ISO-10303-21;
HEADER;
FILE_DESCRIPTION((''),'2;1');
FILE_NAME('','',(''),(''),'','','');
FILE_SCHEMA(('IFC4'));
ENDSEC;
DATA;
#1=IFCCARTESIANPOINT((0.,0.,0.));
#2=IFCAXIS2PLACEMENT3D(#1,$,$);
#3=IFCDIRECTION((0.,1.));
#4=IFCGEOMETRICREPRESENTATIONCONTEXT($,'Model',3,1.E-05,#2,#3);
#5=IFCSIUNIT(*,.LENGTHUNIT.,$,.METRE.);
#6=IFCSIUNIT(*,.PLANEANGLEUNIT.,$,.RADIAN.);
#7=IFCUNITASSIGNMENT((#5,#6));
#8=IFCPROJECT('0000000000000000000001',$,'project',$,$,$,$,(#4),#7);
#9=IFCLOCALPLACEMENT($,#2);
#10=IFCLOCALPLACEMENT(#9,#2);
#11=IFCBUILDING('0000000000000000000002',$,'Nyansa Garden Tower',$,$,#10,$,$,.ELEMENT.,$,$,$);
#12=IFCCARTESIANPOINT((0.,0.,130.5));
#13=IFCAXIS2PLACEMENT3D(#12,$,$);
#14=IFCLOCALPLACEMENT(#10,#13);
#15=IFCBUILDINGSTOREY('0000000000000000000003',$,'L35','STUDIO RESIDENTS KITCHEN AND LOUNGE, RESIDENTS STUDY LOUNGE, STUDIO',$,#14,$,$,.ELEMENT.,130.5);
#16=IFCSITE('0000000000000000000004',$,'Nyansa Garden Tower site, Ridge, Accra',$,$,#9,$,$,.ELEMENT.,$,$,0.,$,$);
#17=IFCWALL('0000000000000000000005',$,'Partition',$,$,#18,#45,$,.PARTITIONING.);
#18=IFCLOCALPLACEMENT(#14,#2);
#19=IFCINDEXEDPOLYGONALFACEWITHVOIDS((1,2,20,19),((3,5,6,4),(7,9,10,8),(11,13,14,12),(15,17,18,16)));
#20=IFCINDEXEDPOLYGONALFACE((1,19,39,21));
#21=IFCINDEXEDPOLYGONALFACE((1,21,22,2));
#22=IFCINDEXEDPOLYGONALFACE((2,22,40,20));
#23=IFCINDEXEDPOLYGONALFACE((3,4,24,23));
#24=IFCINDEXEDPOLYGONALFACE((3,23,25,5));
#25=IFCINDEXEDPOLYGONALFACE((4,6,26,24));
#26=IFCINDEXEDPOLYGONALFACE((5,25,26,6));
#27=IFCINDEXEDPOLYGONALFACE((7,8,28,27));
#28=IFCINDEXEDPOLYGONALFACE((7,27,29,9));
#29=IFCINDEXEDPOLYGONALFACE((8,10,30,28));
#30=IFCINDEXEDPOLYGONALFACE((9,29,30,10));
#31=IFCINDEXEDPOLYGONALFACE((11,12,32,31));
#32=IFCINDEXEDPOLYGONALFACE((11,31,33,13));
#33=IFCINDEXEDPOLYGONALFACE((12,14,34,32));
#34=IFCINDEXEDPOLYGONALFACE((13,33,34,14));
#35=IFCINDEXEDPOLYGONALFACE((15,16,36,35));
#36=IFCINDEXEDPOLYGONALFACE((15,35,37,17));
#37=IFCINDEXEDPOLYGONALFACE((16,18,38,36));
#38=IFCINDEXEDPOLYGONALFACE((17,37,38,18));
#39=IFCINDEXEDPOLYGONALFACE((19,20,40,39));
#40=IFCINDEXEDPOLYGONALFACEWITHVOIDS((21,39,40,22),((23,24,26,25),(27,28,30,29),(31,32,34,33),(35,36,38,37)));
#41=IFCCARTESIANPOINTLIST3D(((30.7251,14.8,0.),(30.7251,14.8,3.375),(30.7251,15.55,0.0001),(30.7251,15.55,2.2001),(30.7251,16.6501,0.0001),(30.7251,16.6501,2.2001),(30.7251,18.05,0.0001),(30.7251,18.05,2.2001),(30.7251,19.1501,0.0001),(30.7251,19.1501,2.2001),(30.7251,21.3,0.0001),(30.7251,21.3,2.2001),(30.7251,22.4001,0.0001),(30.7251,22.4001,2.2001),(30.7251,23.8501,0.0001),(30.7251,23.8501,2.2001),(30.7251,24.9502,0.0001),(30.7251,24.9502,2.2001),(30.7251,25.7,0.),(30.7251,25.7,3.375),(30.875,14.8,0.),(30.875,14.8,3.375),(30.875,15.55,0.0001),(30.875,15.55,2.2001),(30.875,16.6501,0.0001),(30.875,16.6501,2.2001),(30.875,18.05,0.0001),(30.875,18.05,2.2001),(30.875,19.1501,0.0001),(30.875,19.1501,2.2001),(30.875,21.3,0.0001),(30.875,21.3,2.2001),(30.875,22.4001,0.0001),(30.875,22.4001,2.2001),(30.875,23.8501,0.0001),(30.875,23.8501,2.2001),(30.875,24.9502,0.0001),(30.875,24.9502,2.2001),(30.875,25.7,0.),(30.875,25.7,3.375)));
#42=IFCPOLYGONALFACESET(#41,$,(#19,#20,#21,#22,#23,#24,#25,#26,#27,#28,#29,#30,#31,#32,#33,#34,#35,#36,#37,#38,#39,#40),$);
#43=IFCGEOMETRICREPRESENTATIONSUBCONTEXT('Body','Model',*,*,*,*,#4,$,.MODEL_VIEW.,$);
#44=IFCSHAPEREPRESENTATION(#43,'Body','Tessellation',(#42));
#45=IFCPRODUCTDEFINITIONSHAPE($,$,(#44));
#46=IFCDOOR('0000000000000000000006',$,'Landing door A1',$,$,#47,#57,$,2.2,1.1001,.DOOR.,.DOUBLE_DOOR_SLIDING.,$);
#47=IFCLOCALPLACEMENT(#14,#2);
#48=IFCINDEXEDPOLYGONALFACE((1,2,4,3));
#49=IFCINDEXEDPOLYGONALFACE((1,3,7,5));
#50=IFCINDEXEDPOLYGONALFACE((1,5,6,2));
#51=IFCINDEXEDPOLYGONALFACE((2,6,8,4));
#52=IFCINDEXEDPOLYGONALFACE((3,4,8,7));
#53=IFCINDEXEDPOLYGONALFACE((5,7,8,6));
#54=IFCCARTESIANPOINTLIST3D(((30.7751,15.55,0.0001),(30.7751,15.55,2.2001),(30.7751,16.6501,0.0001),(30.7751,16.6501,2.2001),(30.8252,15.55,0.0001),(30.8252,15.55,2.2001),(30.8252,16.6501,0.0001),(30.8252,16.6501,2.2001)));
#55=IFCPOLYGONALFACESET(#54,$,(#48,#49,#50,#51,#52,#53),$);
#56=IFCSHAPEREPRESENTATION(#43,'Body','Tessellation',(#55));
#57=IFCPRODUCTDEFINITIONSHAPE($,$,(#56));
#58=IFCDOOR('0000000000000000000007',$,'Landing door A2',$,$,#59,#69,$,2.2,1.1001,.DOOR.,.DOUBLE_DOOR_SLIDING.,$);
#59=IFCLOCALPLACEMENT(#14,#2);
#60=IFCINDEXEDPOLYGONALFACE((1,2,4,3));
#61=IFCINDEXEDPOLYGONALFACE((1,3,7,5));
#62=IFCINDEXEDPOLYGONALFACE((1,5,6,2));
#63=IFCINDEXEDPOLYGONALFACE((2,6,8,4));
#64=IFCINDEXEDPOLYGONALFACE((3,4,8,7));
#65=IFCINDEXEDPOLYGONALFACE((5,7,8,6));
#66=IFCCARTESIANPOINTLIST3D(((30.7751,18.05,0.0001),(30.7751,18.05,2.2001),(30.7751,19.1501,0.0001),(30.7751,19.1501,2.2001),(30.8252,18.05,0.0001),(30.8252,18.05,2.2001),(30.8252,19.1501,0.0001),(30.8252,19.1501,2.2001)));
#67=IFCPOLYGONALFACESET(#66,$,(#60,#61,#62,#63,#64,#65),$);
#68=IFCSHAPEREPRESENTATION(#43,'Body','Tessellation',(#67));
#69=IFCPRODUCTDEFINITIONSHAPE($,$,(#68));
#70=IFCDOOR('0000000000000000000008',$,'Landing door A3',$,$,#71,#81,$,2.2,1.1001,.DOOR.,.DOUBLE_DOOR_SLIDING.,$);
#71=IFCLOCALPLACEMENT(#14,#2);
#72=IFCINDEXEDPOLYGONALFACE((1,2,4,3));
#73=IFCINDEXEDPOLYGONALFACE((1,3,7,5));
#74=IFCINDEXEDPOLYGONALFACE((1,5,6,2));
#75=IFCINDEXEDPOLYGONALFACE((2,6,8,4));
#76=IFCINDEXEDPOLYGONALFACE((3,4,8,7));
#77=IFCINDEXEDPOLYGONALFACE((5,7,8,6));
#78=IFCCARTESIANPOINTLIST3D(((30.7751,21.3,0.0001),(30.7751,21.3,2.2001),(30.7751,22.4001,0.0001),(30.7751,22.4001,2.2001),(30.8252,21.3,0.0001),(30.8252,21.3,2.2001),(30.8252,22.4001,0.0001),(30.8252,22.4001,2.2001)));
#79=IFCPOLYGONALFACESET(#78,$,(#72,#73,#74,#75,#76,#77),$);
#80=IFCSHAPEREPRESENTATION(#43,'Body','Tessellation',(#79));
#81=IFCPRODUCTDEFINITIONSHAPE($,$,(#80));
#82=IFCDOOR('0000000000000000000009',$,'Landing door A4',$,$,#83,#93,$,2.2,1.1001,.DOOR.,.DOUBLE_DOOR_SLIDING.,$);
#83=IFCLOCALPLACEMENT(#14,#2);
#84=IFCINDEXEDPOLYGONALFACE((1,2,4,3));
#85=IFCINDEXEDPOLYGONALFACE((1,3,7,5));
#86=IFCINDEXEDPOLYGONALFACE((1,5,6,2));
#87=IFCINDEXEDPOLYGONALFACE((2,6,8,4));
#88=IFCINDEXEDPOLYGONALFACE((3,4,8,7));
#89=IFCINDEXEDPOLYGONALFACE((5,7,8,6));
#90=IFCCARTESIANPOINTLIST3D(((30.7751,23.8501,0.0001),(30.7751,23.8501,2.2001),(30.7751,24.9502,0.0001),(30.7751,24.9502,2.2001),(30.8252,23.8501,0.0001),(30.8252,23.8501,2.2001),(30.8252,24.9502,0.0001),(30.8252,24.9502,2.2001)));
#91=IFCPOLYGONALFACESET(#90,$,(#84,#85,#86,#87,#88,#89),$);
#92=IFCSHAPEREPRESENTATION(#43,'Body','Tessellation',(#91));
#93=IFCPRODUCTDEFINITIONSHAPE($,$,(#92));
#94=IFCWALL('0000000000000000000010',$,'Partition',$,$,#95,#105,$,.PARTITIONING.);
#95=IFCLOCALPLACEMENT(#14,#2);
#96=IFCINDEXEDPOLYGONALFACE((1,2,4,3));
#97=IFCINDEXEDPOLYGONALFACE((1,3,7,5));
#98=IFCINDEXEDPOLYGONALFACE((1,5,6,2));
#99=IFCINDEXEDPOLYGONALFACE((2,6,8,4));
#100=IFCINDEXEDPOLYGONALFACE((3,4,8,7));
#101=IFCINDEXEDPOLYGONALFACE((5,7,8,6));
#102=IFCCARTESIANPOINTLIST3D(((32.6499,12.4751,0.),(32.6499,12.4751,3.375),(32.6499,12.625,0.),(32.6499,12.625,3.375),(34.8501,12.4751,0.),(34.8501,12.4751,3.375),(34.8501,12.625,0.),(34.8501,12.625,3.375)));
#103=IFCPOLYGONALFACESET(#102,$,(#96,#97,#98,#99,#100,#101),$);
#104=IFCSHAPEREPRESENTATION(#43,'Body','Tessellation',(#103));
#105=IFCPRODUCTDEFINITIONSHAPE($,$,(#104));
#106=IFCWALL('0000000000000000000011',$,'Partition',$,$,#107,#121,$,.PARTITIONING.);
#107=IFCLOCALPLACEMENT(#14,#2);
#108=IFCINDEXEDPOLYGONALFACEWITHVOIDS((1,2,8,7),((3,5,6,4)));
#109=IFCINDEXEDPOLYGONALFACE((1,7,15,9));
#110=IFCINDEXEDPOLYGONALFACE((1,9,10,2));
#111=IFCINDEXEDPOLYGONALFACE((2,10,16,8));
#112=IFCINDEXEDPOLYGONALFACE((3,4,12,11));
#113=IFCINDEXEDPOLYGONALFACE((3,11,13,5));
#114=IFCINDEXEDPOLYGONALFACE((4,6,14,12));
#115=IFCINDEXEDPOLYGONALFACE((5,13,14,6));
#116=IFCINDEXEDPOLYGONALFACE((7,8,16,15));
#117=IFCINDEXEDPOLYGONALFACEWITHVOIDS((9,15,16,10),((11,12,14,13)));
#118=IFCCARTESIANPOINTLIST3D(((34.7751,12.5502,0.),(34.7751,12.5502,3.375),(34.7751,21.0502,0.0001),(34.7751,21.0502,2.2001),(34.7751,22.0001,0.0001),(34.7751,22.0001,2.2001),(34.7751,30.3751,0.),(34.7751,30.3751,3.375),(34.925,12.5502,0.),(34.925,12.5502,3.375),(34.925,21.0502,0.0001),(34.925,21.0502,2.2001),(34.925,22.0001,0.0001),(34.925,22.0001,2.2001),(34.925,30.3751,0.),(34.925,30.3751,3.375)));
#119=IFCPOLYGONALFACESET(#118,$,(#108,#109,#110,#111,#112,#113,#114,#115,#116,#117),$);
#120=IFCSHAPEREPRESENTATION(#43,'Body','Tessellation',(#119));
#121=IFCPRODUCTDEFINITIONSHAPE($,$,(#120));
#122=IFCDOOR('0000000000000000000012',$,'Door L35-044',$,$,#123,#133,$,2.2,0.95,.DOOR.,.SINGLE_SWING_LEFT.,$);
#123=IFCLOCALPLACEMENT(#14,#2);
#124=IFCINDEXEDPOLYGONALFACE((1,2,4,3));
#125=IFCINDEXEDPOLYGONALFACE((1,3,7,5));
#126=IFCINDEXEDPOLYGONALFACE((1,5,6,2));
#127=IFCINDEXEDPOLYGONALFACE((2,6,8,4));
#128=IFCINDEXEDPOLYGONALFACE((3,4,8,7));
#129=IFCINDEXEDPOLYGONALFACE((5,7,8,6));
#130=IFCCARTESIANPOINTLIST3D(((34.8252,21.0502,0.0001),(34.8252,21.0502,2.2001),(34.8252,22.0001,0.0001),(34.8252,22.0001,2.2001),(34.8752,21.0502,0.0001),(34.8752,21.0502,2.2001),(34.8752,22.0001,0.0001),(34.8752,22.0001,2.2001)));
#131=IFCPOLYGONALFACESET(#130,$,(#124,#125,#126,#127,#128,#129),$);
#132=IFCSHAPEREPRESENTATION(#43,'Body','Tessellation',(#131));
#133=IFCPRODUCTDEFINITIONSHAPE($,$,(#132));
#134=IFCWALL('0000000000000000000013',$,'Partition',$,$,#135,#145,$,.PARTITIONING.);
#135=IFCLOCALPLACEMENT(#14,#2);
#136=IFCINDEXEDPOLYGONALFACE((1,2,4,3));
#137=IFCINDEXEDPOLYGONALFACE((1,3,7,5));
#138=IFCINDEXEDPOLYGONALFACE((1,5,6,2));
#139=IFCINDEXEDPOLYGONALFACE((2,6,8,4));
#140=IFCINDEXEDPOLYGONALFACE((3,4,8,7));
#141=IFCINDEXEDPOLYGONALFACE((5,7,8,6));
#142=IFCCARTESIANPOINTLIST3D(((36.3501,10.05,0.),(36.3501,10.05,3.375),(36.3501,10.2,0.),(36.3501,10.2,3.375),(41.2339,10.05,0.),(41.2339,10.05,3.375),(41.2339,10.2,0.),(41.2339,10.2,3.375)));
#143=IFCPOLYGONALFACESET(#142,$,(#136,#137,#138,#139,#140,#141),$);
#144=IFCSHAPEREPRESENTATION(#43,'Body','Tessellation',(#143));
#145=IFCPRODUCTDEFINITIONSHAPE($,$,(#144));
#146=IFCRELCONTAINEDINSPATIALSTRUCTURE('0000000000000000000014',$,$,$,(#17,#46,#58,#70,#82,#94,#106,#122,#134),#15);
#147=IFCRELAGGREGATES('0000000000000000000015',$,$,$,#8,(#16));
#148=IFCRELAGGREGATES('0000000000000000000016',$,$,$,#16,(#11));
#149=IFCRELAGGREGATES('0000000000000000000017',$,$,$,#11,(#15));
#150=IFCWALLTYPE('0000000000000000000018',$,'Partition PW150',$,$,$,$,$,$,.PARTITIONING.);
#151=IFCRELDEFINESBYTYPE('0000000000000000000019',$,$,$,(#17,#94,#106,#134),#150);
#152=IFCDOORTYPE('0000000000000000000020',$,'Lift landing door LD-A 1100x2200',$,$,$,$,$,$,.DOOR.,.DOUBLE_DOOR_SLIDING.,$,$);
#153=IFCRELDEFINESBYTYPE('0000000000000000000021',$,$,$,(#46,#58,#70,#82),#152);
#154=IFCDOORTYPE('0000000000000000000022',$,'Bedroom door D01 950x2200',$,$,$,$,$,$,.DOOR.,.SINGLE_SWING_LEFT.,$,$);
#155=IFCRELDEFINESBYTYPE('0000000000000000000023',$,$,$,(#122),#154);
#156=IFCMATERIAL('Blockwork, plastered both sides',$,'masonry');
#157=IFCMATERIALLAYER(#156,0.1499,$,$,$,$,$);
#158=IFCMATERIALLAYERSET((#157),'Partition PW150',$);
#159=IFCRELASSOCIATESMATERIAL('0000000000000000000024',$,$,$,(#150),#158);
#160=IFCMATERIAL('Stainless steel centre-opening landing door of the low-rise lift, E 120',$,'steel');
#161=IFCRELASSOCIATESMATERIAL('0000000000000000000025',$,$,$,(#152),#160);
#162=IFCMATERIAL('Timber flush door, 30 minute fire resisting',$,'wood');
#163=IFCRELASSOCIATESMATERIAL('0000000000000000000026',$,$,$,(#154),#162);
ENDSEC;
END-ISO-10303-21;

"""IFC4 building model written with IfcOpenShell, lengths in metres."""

from ifc_helpers import new_model, si_unit, direction, frame, frame_2d, origin, place, context, subcontext, project, spatial, rectangle, extrude, material, layer, layer_set, type_object, element, fill, save


model = new_model("IFC4")

# Units and contexts
model_context = context("Model", 3, precision=1e-05, world=origin(), true_north=direction((0.0, 1.0)))
body_context = subcontext(model_context, "Body", "Model", "MODEL_VIEW")
ifc_project = project(units=[si_unit("LENGTHUNIT", "METRE"), si_unit("PLANEANGLEUNIT", "RADIAN")], contexts=[model_context])

# Site, building, storey
site_placement = place(None, origin())
site = spatial("IfcSite", under=ifc_project, at=site_placement, Name="Nyansa Garden Tower site, Ridge, Accra", CompositionType="ELEMENT", RefElevation=0.0)
building_placement = place(site_placement, origin())
building = spatial("IfcBuilding", under=site, at=building_placement, Name="Nyansa Garden Tower", CompositionType="ELEMENT")
storey_placement = place(building_placement, frame((0.0, 0.0, 130.5)))
storey = spatial("IfcBuildingStorey", under=building, at=storey_placement, Name="L35", Description="STUDIO RESIDENTS KITCHEN AND LOUNGE, RESIDENTS STUDY LOUNGE, STUDIO", CompositionType="ELEMENT", Elevation=130.5)

# Shared definitions
ifc_material_1 = material(Name="Blockwork, plastered both sides", Category="masonry")
ifc_layer_1 = layer(ifc_material_1, 0.1499)
ifc_layer_set_1 = layer_set([ifc_layer_1], Name="Partition PW150")
wall_type_1 = type_object("IfcWallType", Name="Partition PW150", PredefinedType="PARTITIONING", material=ifc_layer_set_1)

# Wall, openings, doors
wall_1_placement = place(storey_placement, frame((30.8, 14.8, 0.0), z_axis=(0.0, 0.0, 1.0), x_axis=(0.0, 1.0, 0.0)))
wall_1 = element("IfcWall", 1, at=wall_1_placement, inside=storey, type_object=wall_type_1, Name="Partition", PredefinedType="PARTITIONING", context=body_context, shape_type="SweptSolid", body=[
    extrude(rectangle(XDim=10.8999, YDim=0.1499, at=frame_2d((5.45, 0.0))), origin(), (0.0, 0.0, 1.0), 3.375),
])
opening_1_placement = place(wall_1_placement, frame((0.75, 0.0, 0.0)))
opening_1 = element("IfcOpeningElement", 2, at=opening_1_placement, cuts=wall_1, PredefinedType="OPENING", context=body_context, shape_type="SweptSolid", body=[
    extrude(rectangle(XDim=1.1001, YDim=2.2, at=frame_2d((0.55, 1.1001))), frame((0.0, 0.085, 0.0), z_axis=(0.0, -1.0, 0.0), x_axis=(1.0, 0.0, 0.0)), (0.0, 0.0, 1.0), 0.1699),
])
opening_2_placement = place(wall_1_placement, frame((3.25, 0.0, 0.0)))
opening_2 = element("IfcOpeningElement", 3, at=opening_2_placement, cuts=wall_1, PredefinedType="OPENING", context=body_context, shape_type="SweptSolid", body=[
    extrude(rectangle(XDim=1.1001, YDim=2.2, at=frame_2d((0.55, 1.1001))), frame((0.0, 0.085, 0.0), z_axis=(0.0, -1.0, 0.0), x_axis=(1.0, 0.0, 0.0)), (0.0, 0.0, 1.0), 0.1699),
])
opening_3_placement = place(wall_1_placement, frame((6.5, 0.0, 0.0)))
opening_3 = element("IfcOpeningElement", 4, at=opening_3_placement, cuts=wall_1, PredefinedType="OPENING", context=body_context, shape_type="SweptSolid", body=[
    extrude(rectangle(XDim=1.1001, YDim=2.2, at=frame_2d((0.55, 1.1001))), frame((0.0, 0.085, 0.0), z_axis=(0.0, -1.0, 0.0), x_axis=(1.0, 0.0, 0.0)), (0.0, 0.0, 1.0), 0.1699),
])
opening_4_placement = place(wall_1_placement, frame((9.05, 0.0, 0.0)))
opening_4 = element("IfcOpeningElement", 5, at=opening_4_placement, cuts=wall_1, PredefinedType="OPENING", context=body_context, shape_type="SweptSolid", body=[
    extrude(rectangle(XDim=1.1001, YDim=2.2, at=frame_2d((0.55, 1.1001))), frame((0.0, 0.085, 0.0), z_axis=(0.0, -1.0, 0.0), x_axis=(1.0, 0.0, 0.0)), (0.0, 0.0, 1.0), 0.1699),
])
ifc_material_2 = material(Name="Stainless steel centre-opening landing door of the low-rise lift, E 120", Category="steel")
door_type_1 = type_object("IfcDoorType", Name="Lift landing door LD-A 1100x2200", OperationType="DOUBLE_DOOR_SLIDING", PredefinedType="DOOR", material=ifc_material_2)
door_1_placement = place(opening_1_placement, origin())
door_1 = element("IfcDoor", 6, at=door_1_placement, inside=storey, type_object=door_type_1, Name="Landing door A1", OperationType="DOUBLE_DOOR_SLIDING", OverallHeight=2.2, OverallWidth=1.1001, PredefinedType="DOOR", context=body_context, shape_type="SweptSolid", body=[
    extrude(rectangle(XDim=1.1001, YDim=2.2, at=frame_2d((0.55, 1.1001))), frame((0.0, 0.0249, 0.0), z_axis=(0.0, -1.0, 0.0), x_axis=(1.0, 0.0, 0.0)), (0.0, 0.0, 1.0), 0.05),
])
fill(opening_1, door_1)
door_2_placement = place(opening_2_placement, origin())
door_2 = element("IfcDoor", 7, at=door_2_placement, inside=storey, type_object=door_type_1, Name="Landing door A2", OperationType="DOUBLE_DOOR_SLIDING", OverallHeight=2.2, OverallWidth=1.1001, PredefinedType="DOOR", context=body_context, shape_type="SweptSolid", body=[
    extrude(rectangle(XDim=1.1001, YDim=2.2, at=frame_2d((0.55, 1.1001))), frame((0.0, 0.0249, 0.0), z_axis=(0.0, -1.0, 0.0), x_axis=(1.0, 0.0, 0.0)), (0.0, 0.0, 1.0), 0.05),
])
fill(opening_2, door_2)
door_3_placement = place(opening_3_placement, origin())
door_3 = element("IfcDoor", 8, at=door_3_placement, inside=storey, type_object=door_type_1, Name="Landing door A3", OperationType="DOUBLE_DOOR_SLIDING", OverallHeight=2.2, OverallWidth=1.1001, PredefinedType="DOOR", context=body_context, shape_type="SweptSolid", body=[
    extrude(rectangle(XDim=1.1001, YDim=2.2, at=frame_2d((0.55, 1.1001))), frame((0.0, 0.0249, 0.0), z_axis=(0.0, -1.0, 0.0), x_axis=(1.0, 0.0, 0.0)), (0.0, 0.0, 1.0), 0.05),
])
fill(opening_3, door_3)
door_4_placement = place(opening_4_placement, origin())
door_4 = element("IfcDoor", 9, at=door_4_placement, inside=storey, type_object=door_type_1, Name="Landing door A4", OperationType="DOUBLE_DOOR_SLIDING", OverallHeight=2.2, OverallWidth=1.1001, PredefinedType="DOOR", context=body_context, shape_type="SweptSolid", body=[
    extrude(rectangle(XDim=1.1001, YDim=2.2, at=frame_2d((0.55, 1.1001))), frame((0.0, 0.0249, 0.0), z_axis=(0.0, -1.0, 0.0), x_axis=(1.0, 0.0, 0.0)), (0.0, 0.0, 1.0), 0.05),
])
fill(opening_4, door_4)

# Wall
wall_2_placement = place(storey_placement, frame((32.6499, 12.55, 0.0), z_axis=(0.0, 0.0, 1.0), x_axis=(1.0, 0.0, 0.0)))
element("IfcWall", 10, at=wall_2_placement, inside=storey, type_object=wall_type_1, Name="Partition", PredefinedType="PARTITIONING", context=body_context, shape_type="SweptSolid", body=[
    extrude(rectangle(XDim=2.2002, YDim=0.1499, at=frame_2d((1.1001, 0.0))), origin(), (0.0, 0.0, 1.0), 3.375),
])

# Wall, opening, door
wall_3_placement = place(storey_placement, frame((34.8501, 12.55, 0.0), z_axis=(0.0, 0.0, 1.0), x_axis=(0.0, 1.0, 0.0)))
wall_3 = element("IfcWall", 11, at=wall_3_placement, inside=storey, type_object=wall_type_1, Name="Partition", PredefinedType="PARTITIONING", context=body_context, shape_type="SweptSolid", body=[
    extrude(rectangle(XDim=17.825, YDim=0.1499, at=frame_2d((8.9126, 0.0))), origin(), (0.0, 0.0, 1.0), 3.375),
])
opening_5_placement = place(wall_3_placement, frame((8.5, 0.0, 0.0)))
opening_5 = element("IfcOpeningElement", 12, at=opening_5_placement, cuts=wall_3, PredefinedType="OPENING", context=body_context, shape_type="SweptSolid", body=[
    extrude(rectangle(XDim=0.95, YDim=2.2, at=frame_2d((0.4751, 1.1001))), frame((0.0, 0.085, 0.0), z_axis=(0.0, -1.0, 0.0), x_axis=(1.0, 0.0, 0.0)), (0.0, 0.0, 1.0), 0.1699),
])
ifc_material_3 = material(Name="Timber flush door, 30 minute fire resisting", Category="wood")
door_type_2 = type_object("IfcDoorType", Name="Bedroom door D01 950x2200", OperationType="SINGLE_SWING_LEFT", PredefinedType="DOOR", material=ifc_material_3)
door_5_placement = place(opening_5_placement, origin())
door_5 = element("IfcDoor", 13, at=door_5_placement, inside=storey, type_object=door_type_2, Name="Door L35-044", OperationType="SINGLE_SWING_LEFT", OverallHeight=2.2, OverallWidth=0.95, PredefinedType="DOOR", context=body_context, shape_type="SweptSolid", body=[
    extrude(rectangle(XDim=0.95, YDim=2.2, at=frame_2d((0.4751, 1.1001))), frame((0.0, 0.0249, 0.0), z_axis=(0.0, -1.0, 0.0), x_axis=(1.0, 0.0, 0.0)), (0.0, 0.0, 1.0), 0.05),
])
fill(opening_5, door_5)

# Wall
wall_4_placement = place(storey_placement, frame((36.3501, 10.125, 0.0), z_axis=(0.0, 0.0, 1.0), x_axis=(1.0, 0.0, 0.0)))
element("IfcWall", 14, at=wall_4_placement, inside=storey, type_object=wall_type_1, Name="Partition", PredefinedType="PARTITIONING", context=body_context, shape_type="SweptSolid", body=[
    extrude(rectangle(XDim=4.8838, YDim=0.1499, at=frame_2d((2.4419, 0.0))), origin(), (0.0, 0.0, 1.0), 3.375),
])

save(model, "model.ifc")
